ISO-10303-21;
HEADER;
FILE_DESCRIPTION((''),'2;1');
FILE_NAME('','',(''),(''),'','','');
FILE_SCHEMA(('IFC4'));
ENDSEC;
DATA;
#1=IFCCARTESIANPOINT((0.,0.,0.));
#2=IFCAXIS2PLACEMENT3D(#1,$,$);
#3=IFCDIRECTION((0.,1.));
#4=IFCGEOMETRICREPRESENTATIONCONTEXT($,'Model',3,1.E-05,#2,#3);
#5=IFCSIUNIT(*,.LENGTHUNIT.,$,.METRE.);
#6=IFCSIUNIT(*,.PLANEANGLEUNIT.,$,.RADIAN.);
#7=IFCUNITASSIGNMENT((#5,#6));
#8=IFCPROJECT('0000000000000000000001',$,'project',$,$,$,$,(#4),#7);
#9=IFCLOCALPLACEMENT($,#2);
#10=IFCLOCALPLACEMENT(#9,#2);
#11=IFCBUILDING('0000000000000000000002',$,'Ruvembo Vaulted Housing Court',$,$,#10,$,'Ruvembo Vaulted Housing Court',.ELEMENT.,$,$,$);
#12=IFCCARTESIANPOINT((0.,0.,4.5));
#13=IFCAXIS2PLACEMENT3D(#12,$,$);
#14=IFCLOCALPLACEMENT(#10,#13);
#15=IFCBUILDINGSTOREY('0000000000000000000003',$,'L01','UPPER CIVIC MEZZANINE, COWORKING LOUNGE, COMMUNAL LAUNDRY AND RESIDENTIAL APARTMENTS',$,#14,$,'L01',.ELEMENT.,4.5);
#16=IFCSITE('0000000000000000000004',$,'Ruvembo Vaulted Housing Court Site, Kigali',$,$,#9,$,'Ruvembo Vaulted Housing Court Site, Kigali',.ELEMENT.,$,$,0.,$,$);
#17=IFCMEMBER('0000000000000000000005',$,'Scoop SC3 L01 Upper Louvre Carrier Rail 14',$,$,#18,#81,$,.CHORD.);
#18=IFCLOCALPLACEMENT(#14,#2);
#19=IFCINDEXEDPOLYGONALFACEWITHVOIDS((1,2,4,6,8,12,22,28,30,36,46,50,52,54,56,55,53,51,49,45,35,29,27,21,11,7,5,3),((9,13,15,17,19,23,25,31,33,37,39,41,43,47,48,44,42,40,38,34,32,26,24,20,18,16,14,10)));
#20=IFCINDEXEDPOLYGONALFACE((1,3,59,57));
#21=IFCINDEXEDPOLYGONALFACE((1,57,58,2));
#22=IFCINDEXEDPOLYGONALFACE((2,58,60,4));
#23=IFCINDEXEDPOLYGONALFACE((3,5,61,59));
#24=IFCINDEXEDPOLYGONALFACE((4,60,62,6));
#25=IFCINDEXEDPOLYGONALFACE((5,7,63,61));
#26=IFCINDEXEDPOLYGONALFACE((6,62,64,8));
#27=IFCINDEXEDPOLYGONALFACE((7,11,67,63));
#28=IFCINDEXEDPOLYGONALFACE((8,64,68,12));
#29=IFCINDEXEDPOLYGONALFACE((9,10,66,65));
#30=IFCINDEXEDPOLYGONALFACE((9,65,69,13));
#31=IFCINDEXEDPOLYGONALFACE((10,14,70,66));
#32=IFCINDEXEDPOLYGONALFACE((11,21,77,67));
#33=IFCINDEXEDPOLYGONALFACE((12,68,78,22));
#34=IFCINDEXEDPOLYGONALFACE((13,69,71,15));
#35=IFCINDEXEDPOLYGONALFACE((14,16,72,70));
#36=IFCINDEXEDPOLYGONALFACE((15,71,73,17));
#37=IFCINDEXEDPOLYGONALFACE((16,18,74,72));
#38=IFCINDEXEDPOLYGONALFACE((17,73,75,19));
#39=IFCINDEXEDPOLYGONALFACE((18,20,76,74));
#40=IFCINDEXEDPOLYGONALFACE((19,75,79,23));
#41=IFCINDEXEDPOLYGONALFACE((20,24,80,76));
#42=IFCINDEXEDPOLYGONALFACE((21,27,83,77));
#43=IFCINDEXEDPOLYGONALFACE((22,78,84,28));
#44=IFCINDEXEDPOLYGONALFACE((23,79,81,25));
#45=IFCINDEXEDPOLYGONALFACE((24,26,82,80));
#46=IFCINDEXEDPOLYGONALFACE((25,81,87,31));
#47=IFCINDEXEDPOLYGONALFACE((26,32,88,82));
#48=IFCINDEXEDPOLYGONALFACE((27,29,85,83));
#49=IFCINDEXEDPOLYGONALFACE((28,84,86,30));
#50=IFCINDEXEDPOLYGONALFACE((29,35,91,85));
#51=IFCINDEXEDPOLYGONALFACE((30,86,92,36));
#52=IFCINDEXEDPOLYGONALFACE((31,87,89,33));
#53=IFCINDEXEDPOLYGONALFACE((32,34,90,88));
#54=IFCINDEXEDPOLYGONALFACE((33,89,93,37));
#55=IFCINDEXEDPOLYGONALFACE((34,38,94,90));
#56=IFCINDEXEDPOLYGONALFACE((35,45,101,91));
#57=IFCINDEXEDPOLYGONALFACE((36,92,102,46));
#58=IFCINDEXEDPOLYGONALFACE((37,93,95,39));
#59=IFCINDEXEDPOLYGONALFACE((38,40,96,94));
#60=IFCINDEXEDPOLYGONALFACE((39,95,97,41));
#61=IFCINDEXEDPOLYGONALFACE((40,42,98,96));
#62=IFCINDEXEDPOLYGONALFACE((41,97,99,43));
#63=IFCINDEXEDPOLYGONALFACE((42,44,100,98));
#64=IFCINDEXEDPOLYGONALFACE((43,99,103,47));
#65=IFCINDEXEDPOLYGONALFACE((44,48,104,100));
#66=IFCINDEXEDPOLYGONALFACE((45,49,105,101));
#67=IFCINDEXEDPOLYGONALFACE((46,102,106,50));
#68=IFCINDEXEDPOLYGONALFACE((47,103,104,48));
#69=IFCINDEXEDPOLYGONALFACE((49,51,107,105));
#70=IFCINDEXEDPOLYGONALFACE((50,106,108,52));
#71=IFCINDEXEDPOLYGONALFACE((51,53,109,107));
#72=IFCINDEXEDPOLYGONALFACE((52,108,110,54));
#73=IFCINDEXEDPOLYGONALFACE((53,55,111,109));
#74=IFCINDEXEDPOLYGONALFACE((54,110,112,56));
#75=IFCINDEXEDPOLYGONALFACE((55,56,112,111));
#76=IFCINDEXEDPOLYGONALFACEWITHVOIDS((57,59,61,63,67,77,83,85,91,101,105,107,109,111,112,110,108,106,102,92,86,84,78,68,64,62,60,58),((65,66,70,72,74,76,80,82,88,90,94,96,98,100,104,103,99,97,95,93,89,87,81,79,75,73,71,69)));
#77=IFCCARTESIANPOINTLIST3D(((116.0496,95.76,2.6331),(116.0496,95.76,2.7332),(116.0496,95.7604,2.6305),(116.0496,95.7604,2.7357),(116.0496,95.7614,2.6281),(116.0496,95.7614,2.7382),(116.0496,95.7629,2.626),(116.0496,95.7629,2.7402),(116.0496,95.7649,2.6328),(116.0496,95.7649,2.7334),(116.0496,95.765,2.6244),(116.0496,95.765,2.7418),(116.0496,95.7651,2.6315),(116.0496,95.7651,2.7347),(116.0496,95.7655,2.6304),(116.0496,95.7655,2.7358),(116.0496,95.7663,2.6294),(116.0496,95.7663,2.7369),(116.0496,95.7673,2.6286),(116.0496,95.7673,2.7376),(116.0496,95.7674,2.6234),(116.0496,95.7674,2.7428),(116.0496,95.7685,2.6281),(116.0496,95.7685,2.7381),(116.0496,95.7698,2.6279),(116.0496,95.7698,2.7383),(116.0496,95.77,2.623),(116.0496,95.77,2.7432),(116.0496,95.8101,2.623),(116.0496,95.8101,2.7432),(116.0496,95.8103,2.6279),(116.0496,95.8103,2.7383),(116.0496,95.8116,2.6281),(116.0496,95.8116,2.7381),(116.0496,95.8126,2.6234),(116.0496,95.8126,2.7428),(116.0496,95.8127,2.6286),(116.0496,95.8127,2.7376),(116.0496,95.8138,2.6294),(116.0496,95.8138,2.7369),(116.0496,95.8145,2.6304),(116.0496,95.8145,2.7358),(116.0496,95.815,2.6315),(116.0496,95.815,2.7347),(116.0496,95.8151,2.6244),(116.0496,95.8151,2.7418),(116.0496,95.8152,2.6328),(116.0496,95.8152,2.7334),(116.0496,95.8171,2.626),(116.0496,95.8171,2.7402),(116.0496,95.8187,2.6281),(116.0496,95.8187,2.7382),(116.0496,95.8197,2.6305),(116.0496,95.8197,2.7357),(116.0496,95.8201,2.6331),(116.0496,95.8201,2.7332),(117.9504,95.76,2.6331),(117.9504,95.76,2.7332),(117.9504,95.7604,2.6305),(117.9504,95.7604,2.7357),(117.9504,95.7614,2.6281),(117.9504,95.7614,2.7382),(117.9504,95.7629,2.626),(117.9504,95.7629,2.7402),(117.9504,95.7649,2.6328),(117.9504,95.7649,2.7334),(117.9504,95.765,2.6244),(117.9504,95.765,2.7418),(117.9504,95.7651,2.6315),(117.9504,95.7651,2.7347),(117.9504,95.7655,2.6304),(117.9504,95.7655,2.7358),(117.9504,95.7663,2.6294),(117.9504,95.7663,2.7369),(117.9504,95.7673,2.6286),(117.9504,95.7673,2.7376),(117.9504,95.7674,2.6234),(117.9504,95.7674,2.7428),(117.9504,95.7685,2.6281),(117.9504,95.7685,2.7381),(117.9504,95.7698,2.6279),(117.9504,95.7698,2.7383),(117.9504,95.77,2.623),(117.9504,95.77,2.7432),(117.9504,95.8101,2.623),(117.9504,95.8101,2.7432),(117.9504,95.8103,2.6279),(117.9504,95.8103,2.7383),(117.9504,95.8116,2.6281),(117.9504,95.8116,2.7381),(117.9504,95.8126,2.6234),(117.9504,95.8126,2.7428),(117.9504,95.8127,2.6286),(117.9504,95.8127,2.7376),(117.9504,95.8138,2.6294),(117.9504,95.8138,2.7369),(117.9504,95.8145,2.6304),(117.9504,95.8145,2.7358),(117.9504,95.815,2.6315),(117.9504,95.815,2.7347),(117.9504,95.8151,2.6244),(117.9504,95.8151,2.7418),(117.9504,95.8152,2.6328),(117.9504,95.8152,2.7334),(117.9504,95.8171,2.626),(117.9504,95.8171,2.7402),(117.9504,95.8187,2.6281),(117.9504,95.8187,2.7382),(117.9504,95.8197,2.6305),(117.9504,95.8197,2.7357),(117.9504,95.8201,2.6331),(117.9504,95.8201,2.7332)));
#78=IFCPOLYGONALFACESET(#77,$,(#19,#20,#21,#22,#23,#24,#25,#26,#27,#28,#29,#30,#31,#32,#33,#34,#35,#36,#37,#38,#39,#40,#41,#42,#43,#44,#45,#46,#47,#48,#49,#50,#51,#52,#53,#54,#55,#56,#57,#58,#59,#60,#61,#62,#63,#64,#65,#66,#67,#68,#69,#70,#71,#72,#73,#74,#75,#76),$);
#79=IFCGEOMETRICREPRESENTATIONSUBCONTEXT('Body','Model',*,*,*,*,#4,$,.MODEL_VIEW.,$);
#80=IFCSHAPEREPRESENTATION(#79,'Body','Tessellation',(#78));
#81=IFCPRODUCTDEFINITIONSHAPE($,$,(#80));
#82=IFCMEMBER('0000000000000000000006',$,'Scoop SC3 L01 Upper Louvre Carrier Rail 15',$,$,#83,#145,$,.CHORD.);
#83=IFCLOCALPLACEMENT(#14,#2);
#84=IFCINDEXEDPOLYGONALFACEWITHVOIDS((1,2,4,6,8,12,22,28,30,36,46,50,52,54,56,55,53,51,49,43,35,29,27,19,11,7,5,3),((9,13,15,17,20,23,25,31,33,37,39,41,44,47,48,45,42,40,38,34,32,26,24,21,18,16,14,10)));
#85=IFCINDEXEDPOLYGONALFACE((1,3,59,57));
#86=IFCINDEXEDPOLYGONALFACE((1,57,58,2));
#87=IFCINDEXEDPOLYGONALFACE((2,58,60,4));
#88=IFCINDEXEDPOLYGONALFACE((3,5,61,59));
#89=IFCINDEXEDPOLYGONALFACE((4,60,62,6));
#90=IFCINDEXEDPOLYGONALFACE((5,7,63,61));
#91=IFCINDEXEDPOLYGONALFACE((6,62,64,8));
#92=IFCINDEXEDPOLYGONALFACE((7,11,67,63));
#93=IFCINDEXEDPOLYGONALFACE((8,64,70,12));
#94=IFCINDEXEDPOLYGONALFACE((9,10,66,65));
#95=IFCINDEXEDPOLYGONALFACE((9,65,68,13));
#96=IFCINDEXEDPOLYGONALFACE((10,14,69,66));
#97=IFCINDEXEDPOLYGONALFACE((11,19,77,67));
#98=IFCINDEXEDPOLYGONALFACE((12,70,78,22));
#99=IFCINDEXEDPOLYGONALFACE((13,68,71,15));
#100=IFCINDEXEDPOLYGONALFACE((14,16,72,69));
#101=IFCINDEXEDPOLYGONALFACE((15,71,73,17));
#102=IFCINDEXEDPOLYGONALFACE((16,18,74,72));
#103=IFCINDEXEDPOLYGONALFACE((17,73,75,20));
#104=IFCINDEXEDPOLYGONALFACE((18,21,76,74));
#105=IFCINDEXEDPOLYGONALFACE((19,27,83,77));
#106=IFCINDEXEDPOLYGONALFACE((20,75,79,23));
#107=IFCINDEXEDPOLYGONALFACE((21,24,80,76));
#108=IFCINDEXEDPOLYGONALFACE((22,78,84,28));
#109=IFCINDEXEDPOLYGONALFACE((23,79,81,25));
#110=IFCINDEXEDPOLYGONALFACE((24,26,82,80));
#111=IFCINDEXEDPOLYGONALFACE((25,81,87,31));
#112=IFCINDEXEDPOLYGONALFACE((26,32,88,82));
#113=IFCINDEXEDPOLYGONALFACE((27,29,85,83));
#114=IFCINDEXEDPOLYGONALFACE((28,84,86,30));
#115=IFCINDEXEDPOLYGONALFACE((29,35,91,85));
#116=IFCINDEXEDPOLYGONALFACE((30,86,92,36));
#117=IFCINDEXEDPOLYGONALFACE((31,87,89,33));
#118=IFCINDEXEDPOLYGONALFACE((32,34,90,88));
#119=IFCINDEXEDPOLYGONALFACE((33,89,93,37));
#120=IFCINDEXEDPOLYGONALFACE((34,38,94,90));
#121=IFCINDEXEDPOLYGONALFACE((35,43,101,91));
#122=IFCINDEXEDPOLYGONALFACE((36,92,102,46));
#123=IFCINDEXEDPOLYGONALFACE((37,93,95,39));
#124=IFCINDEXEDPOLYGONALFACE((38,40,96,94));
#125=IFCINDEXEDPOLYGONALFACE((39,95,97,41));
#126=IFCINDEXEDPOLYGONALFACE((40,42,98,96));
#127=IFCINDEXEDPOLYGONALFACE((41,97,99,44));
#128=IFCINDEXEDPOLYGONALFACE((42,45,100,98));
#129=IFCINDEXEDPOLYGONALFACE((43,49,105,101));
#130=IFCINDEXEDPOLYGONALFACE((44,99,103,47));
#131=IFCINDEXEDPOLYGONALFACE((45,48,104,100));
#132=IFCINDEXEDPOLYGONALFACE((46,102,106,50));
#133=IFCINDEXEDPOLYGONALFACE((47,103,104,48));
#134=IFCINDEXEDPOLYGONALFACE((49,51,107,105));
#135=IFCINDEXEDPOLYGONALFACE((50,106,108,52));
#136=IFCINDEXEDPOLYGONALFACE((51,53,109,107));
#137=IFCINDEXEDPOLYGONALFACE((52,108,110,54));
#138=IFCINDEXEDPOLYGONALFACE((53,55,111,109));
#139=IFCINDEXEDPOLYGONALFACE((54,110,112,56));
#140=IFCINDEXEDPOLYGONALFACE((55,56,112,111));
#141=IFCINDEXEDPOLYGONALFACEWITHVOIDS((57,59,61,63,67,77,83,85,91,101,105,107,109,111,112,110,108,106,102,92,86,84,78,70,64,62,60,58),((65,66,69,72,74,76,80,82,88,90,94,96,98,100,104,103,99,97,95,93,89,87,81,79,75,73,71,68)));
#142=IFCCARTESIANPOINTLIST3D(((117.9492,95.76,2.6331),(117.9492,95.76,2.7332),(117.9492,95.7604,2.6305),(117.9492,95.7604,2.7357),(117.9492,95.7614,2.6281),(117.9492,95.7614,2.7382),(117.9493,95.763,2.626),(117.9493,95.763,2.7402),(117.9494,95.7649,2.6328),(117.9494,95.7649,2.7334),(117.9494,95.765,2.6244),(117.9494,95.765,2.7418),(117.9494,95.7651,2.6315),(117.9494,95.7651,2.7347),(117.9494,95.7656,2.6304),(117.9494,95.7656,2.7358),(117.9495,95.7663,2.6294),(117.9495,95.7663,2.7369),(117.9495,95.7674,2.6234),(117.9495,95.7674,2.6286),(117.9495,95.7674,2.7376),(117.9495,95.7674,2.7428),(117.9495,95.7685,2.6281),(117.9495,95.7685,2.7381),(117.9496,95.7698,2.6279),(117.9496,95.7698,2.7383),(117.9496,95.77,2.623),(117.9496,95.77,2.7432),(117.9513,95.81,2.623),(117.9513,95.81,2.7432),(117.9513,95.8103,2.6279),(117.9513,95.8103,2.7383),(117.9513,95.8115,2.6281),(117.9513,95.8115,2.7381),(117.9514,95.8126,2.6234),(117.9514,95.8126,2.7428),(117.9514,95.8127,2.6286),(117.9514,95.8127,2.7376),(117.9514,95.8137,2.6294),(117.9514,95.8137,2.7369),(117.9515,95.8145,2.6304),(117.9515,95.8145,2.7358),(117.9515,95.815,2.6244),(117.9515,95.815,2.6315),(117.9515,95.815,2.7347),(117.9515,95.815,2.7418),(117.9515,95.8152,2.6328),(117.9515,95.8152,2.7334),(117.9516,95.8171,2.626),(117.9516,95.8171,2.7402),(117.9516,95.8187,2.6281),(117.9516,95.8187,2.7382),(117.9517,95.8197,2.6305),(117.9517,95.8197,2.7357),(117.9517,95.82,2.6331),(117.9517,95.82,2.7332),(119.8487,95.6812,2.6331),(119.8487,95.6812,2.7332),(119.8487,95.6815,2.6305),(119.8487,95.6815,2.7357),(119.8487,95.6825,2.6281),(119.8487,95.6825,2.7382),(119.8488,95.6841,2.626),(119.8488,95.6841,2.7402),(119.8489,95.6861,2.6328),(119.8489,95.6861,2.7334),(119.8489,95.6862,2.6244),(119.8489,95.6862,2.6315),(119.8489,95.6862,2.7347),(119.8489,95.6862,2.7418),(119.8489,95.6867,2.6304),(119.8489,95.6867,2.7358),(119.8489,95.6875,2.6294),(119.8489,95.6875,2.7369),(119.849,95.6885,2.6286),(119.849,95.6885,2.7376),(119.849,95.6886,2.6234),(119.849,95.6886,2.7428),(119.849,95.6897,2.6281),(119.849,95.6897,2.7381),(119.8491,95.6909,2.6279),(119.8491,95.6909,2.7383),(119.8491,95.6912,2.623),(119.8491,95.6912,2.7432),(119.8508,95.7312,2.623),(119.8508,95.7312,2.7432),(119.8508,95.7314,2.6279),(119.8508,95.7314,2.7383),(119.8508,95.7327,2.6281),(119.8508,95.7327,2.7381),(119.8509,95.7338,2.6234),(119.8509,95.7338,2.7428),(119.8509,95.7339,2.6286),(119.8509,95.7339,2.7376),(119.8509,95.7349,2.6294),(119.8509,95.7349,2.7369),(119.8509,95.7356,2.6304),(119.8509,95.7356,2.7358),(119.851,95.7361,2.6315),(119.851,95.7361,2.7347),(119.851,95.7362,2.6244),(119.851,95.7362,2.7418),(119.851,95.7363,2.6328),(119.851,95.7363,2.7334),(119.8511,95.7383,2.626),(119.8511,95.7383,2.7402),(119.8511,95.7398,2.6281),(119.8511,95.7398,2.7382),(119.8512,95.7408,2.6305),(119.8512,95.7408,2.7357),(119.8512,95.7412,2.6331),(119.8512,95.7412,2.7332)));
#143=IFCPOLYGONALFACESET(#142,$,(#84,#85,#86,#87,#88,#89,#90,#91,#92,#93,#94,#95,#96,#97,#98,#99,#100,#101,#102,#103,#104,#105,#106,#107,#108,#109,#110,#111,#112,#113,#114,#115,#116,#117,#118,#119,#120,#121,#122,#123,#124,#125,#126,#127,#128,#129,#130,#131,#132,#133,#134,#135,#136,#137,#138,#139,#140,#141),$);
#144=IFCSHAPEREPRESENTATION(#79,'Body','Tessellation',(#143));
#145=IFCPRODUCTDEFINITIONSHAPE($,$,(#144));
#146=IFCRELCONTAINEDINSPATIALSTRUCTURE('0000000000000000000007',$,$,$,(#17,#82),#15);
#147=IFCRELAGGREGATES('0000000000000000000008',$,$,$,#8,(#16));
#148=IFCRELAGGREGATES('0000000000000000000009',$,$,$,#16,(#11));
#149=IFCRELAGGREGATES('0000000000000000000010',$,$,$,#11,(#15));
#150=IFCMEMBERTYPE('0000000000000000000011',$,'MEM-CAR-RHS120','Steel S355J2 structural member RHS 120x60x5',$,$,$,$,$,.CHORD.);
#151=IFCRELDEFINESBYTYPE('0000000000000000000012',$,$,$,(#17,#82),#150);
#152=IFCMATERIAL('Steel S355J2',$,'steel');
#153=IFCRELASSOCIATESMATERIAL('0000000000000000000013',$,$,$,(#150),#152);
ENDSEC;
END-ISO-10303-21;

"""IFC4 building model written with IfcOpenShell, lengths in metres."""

from ifc_helpers import new_model, si_unit, direction, frame, origin, origin_2d, place, context, subcontext, project, spatial, hollow_rectangle, extrude, material, material_profile, profile_set, type_object, element, save


model = new_model("IFC4")

# Units and contexts
model_context = context("Model", 3, precision=1e-05, world=origin(), true_north=direction((0.0, 1.0)))
body_context = subcontext(model_context, "Body", "Model", "MODEL_VIEW")
ifc_project = project(units=[si_unit("LENGTHUNIT", "METRE"), si_unit("PLANEANGLEUNIT", "RADIAN")], contexts=[model_context])

# Site, building, storey
site_placement = place(None, origin())
site = spatial("IfcSite", under=ifc_project, at=site_placement, Name="Ruvembo Vaulted Housing Court Site, Kigali", LongName="Ruvembo Vaulted Housing Court Site, Kigali", CompositionType="ELEMENT", RefElevation=0.0)
building_placement = place(site_placement, origin())
building = spatial("IfcBuilding", under=site, at=building_placement, Name="Ruvembo Vaulted Housing Court", LongName="Ruvembo Vaulted Housing Court", CompositionType="ELEMENT")
storey_placement = place(building_placement, frame((0.0, 0.0, 4.5)))
storey = spatial("IfcBuildingStorey", under=building, at=storey_placement, Name="L01", Description="UPPER CIVIC MEZZANINE, COWORKING LOUNGE, COMMUNAL LAUNDRY AND RESIDENTIAL APARTMENTS", LongName="L01", CompositionType="ELEMENT", Elevation=4.5)

# Shared definitions
ifc_material_1 = material(Name="Steel S355J2", Category="steel")

# Members
ifc_material_profile_1 = material_profile(ifc_material_1, hollow_rectangle(XDim=0.0601, YDim=0.1201, WallThickness=0.0049, InnerFilletRadius=0.0049, OuterFilletRadius=0.01, at=origin_2d()), Name="RHS 120x60x5")
ifc_profile_set_1 = profile_set([ifc_material_profile_1], Name="Steel S355J2")
member_type_1 = type_object("IfcMemberType", Name="MEM-CAR-RHS120", Description="Steel S355J2 structural member RHS 120x60x5", PredefinedType="CHORD", material=ifc_profile_set_1)
member_placement = place(storey_placement, frame((116.0496, 95.79, 2.6831), z_axis=(1.0, 0.0, 0.0), x_axis=(0.0, 1.0, 0.0)))
element("IfcMember", 1, at=member_placement, inside=storey, type_object=member_type_1, Name="Scoop SC3 L01 Upper Louvre Carrier Rail 14", PredefinedType="CHORD", context=body_context, shape_type="SweptSolid", body=[
    extrude(hollow_rectangle(XDim=0.0601, YDim=0.1201, WallThickness=0.0049, InnerFilletRadius=0.0049, OuterFilletRadius=0.01, at=origin_2d()), origin(), (0.0, 0.0, 1.0), 1.9009),
])
for number, where, z_axis, x_axis, name in (
    (2, (117.9504, 95.79, 2.6831), (0.999139, -0.041481, 0.0), (0.041481, 0.999139, 0.0), "Scoop SC3 L01 Upper Louvre Carrier Rail 15"),
):
    element("IfcMember", number, at=place(storey_placement, frame(where, z_axis=z_axis, x_axis=x_axis)), inside=storey, type_object=member_type_1, Name=name, PredefinedType="CHORD", context=body_context, shape_type="SweptSolid", body=[
        extrude(hollow_rectangle(XDim=0.0601, YDim=0.1201, WallThickness=0.0049, InnerFilletRadius=0.0049, OuterFilletRadius=0.01, at=origin_2d()), origin(), (0.0, 0.0, 1.0), 1.9011),
    ])

save(model, "model.ifc")
